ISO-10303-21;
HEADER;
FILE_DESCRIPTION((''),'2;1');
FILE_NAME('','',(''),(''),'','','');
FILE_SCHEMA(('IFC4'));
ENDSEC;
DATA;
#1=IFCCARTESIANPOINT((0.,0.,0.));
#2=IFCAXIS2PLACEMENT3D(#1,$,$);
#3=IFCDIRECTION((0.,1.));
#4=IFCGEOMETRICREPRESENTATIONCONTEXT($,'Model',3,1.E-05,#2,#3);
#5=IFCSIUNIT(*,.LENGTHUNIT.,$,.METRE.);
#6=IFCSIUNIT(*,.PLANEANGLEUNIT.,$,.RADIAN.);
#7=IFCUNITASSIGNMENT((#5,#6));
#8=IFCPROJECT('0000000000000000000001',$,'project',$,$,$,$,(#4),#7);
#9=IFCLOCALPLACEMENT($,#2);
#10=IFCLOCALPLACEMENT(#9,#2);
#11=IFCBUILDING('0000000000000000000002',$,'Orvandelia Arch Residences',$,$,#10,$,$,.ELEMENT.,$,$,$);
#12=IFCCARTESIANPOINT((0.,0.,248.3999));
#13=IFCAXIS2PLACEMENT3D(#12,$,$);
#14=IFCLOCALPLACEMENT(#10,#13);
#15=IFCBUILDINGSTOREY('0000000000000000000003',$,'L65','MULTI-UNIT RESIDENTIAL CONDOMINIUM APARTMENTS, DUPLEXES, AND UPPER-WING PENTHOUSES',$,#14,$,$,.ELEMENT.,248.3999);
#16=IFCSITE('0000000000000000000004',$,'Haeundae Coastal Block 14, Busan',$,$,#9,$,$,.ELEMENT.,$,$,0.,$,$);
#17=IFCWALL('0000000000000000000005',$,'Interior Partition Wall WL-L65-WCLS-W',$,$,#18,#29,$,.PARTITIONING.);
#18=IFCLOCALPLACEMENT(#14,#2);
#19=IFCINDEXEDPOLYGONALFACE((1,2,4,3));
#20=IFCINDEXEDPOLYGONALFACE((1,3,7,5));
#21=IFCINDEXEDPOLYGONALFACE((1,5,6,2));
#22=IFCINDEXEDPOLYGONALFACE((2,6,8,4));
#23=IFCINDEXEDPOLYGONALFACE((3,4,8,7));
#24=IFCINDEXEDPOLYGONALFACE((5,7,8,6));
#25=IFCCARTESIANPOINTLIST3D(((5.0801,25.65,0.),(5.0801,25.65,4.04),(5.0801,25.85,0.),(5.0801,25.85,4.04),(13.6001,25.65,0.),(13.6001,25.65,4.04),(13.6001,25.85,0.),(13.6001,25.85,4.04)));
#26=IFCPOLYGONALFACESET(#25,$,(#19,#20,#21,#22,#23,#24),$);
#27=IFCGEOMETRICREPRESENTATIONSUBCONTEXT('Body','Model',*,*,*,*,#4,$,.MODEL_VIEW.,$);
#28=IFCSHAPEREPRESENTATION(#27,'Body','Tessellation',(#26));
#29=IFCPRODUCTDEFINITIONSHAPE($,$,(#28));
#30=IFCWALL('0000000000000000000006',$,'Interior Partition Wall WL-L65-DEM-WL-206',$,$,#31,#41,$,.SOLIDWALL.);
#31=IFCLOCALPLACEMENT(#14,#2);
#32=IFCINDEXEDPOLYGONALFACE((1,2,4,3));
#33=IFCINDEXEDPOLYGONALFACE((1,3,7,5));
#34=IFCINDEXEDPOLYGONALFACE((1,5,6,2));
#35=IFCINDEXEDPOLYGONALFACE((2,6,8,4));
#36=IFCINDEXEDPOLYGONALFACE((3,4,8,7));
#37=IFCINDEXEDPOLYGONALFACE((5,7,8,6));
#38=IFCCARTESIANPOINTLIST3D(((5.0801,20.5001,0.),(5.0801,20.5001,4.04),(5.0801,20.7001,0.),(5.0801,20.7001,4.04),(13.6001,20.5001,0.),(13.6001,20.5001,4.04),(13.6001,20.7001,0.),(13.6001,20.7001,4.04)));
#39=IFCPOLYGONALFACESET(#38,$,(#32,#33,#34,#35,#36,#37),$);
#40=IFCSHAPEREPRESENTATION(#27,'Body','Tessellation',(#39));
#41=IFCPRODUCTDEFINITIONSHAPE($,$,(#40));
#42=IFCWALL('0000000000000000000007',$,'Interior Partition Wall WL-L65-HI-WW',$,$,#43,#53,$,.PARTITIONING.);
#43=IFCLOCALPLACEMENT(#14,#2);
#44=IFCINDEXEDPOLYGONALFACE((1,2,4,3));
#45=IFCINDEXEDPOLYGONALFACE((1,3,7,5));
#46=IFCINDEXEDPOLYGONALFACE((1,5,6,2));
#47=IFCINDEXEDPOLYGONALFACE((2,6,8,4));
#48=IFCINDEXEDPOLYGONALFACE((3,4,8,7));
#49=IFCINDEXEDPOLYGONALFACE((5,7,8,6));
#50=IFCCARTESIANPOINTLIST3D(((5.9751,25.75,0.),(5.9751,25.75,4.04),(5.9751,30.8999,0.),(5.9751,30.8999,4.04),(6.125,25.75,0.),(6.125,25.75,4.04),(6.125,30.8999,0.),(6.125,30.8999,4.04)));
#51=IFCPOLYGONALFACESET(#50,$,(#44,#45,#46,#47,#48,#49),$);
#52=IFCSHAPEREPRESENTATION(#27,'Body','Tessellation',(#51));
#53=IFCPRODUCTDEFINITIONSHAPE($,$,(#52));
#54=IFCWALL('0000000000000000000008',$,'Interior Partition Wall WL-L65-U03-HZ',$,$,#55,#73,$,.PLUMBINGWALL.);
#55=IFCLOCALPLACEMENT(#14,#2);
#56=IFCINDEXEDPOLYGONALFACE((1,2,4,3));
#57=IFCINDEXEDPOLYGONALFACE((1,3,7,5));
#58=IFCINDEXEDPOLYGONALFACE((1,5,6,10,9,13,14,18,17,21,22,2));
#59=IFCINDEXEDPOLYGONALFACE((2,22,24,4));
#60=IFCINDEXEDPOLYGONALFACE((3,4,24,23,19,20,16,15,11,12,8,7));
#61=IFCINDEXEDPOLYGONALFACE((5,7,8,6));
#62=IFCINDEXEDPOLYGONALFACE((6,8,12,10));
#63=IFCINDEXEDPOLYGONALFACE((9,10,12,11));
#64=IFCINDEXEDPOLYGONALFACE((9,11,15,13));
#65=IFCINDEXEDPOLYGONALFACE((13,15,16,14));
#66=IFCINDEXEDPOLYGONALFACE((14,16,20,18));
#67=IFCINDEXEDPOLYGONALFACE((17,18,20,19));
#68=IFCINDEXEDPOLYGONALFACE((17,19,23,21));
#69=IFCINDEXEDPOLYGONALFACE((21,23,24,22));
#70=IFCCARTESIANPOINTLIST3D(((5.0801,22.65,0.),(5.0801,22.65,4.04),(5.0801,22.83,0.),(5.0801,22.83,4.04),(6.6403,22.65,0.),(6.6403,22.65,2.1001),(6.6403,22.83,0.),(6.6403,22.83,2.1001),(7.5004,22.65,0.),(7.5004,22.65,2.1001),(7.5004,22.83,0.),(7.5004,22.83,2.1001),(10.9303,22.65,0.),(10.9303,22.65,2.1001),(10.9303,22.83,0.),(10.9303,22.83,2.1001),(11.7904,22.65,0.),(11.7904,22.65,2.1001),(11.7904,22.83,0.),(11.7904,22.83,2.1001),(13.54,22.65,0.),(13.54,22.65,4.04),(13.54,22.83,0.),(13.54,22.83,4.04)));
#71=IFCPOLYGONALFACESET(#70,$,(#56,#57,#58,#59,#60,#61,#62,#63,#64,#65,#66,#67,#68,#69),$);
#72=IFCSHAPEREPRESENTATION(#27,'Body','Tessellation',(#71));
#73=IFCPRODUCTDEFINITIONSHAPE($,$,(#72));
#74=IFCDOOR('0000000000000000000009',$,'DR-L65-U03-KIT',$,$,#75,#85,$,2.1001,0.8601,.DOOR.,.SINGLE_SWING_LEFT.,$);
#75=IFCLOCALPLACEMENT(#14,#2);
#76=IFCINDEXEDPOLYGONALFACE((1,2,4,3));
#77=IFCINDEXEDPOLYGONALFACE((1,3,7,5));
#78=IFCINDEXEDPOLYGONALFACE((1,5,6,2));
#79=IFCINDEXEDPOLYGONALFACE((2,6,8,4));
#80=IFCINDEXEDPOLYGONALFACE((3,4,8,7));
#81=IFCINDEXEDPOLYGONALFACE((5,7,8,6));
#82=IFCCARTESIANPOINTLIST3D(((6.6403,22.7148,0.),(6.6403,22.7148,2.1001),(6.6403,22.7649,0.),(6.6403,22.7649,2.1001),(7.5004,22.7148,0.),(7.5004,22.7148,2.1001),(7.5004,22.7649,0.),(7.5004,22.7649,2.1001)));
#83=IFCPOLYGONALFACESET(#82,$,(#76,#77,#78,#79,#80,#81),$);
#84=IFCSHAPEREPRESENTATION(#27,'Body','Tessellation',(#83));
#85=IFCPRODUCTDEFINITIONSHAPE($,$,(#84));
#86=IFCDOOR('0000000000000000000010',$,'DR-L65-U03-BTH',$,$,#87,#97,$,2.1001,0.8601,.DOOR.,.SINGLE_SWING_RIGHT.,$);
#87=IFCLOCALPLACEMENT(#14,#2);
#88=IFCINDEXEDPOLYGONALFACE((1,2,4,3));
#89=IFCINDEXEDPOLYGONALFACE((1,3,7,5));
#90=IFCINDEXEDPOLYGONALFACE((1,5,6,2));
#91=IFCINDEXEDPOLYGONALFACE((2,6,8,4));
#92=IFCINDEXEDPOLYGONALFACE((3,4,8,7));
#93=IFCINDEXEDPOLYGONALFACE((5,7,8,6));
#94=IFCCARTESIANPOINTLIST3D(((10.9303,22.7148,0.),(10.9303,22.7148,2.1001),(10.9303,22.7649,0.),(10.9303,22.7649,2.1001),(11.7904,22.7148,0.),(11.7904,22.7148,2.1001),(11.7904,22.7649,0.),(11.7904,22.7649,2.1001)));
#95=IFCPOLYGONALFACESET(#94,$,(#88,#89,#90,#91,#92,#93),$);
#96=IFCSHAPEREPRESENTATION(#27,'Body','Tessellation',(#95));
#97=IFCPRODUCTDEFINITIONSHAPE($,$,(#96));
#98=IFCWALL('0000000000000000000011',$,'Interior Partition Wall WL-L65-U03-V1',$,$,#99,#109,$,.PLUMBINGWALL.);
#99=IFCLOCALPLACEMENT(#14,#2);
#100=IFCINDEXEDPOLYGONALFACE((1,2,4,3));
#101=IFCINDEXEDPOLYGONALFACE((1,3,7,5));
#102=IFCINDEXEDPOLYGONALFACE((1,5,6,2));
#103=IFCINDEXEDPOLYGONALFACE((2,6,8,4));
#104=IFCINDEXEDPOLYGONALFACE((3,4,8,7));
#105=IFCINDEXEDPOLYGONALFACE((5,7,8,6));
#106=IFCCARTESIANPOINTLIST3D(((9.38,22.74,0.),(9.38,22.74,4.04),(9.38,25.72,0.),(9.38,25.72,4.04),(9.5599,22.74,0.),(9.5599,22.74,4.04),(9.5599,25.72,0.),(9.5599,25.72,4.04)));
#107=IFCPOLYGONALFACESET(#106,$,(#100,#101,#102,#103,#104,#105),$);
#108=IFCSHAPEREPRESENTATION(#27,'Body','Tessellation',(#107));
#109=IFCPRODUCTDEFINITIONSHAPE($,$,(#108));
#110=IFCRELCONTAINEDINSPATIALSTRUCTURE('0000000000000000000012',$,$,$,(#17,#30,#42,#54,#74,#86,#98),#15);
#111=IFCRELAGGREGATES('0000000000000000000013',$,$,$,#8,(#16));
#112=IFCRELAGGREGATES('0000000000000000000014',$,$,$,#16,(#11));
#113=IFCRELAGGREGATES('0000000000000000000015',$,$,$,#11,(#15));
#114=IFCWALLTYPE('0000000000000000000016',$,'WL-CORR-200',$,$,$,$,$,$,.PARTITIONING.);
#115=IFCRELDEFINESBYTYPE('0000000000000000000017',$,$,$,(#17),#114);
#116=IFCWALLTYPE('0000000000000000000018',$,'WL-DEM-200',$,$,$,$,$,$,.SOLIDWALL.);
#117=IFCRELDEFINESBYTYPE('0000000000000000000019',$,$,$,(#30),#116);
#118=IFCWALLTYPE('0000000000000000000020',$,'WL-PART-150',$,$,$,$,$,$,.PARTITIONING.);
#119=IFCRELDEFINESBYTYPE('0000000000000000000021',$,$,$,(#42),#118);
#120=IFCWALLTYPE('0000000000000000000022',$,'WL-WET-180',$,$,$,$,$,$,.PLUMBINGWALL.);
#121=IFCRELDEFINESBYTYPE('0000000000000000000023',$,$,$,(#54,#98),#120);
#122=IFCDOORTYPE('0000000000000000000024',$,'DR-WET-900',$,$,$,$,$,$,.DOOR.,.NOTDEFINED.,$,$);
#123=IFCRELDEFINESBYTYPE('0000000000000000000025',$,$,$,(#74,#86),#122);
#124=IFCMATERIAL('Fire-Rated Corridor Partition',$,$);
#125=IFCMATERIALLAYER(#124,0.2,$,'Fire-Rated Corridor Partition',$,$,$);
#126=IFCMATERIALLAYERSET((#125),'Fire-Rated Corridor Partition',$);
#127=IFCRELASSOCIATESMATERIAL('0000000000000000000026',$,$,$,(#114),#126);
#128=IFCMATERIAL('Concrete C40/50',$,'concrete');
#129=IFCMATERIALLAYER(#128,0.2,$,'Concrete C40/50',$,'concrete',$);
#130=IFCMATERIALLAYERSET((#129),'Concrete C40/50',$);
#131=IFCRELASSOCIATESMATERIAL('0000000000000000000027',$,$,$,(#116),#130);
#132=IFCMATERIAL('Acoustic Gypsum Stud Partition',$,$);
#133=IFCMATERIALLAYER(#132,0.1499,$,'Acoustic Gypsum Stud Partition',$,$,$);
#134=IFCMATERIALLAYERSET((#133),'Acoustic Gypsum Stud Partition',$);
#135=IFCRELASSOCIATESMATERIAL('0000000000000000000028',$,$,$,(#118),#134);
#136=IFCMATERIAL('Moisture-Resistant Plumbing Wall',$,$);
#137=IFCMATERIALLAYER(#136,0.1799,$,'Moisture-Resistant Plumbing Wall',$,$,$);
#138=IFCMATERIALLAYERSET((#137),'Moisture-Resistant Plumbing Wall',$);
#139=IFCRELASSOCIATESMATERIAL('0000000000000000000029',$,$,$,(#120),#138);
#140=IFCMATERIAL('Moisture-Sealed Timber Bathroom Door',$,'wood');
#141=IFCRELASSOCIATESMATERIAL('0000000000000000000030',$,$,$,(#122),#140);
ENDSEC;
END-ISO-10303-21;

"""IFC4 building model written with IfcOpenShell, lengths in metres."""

from ifc_helpers import new_model, si_unit, direction, frame, frame_2d, origin, place, context, subcontext, project, spatial, rectangle, extrude, material, layer, layer_set, type_object, element, fill, save


model = new_model("IFC4")

# Units and contexts
model_context = context("Model", 3, precision=1e-05, world=origin(), true_north=direction((0.0, 1.0)))
body_context = subcontext(model_context, "Body", "Model", "MODEL_VIEW")
ifc_project = project(units=[si_unit("LENGTHUNIT", "METRE"), si_unit("PLANEANGLEUNIT", "RADIAN")], contexts=[model_context])

# Site, building, storey
site_placement = place(None, origin())
site = spatial("IfcSite", under=ifc_project, at=site_placement, Name="Haeundae Coastal Block 14, Busan", CompositionType="ELEMENT", RefElevation=0.0)
building_placement = place(site_placement, origin())
building = spatial("IfcBuilding", under=site, at=building_placement, Name="Orvandelia Arch Residences", CompositionType="ELEMENT")
storey_placement = place(building_placement, frame((0.0, 0.0, 248.3999)))
storey = spatial("IfcBuildingStorey", under=building, at=storey_placement, Name="L65", Description="MULTI-UNIT RESIDENTIAL CONDOMINIUM APARTMENTS, DUPLEXES, AND UPPER-WING PENTHOUSES", CompositionType="ELEMENT", Elevation=248.3999)

# Walls
ifc_material_1 = material(Name="Fire-Rated Corridor Partition")
ifc_layer_1 = layer(ifc_material_1, 0.2, Name="Fire-Rated Corridor Partition")
ifc_layer_set_1 = layer_set([ifc_layer_1], Name="Fire-Rated Corridor Partition")
wall_type_1 = type_object("IfcWallType", Name="WL-CORR-200", PredefinedType="PARTITIONING", material=ifc_layer_set_1)
wall_1_placement = place(storey_placement, frame((5.0801, 25.75, 0.0), z_axis=(0.0, 0.0, 1.0), x_axis=(1.0, 0.0, 0.0)))
element("IfcWall", 1, at=wall_1_placement, inside=storey, type_object=wall_type_1, Name="Interior Partition Wall WL-L65-WCLS-W", PredefinedType="PARTITIONING", context=body_context, shape_type="SweptSolid", body=[
    extrude(rectangle(XDim=8.52, YDim=0.2, at=frame_2d((4.26, 0.0))), origin(), (0.0, 0.0, 1.0), 4.04),
])
ifc_material_2 = material(Name="Concrete C40/50", Category="concrete")
ifc_layer_2 = layer(ifc_material_2, 0.2, Name="Concrete C40/50", Category="concrete")
ifc_layer_set_2 = layer_set([ifc_layer_2], Name="Concrete C40/50")
wall_type_2 = type_object("IfcWallType", Name="WL-DEM-200", PredefinedType="SOLIDWALL", material=ifc_layer_set_2)
wall_2_placement = place(storey_placement, frame((5.0801, 20.6001, 0.0), z_axis=(0.0, 0.0, 1.0), x_axis=(1.0, 0.0, 0.0)))
element("IfcWall", 2, at=wall_2_placement, inside=storey, type_object=wall_type_2, Name="Interior Partition Wall WL-L65-DEM-WL-206", PredefinedType="SOLIDWALL", context=body_context, shape_type="SweptSolid", body=[
    extrude(rectangle(XDim=8.52, YDim=0.2, at=frame_2d((4.26, 0.0))), origin(), (0.0, 0.0, 1.0), 4.04),
])
ifc_material_3 = material(Name="Acoustic Gypsum Stud Partition")
ifc_layer_3 = layer(ifc_material_3, 0.1499, Name="Acoustic Gypsum Stud Partition")
ifc_layer_set_3 = layer_set([ifc_layer_3], Name="Acoustic Gypsum Stud Partition")
wall_type_3 = type_object("IfcWallType", Name="WL-PART-150", PredefinedType="PARTITIONING", material=ifc_layer_set_3)
wall_3_placement = place(storey_placement, frame((6.05, 25.75, 0.0), z_axis=(0.0, 0.0, 1.0), x_axis=(0.0, 1.0, 0.0)))
element("IfcWall", 3, at=wall_3_placement, inside=storey, type_object=wall_type_3, Name="Interior Partition Wall WL-L65-HI-WW", PredefinedType="PARTITIONING", context=body_context, shape_type="SweptSolid", body=[
    extrude(rectangle(XDim=5.1499, YDim=0.1499, at=frame_2d((2.575, 0.0))), origin(), (0.0, 0.0, 1.0), 4.04),
])

# Wall, openings, doors
ifc_material_4 = material(Name="Moisture-Resistant Plumbing Wall")
ifc_layer_4 = layer(ifc_material_4, 0.1799, Name="Moisture-Resistant Plumbing Wall")
ifc_layer_set_4 = layer_set([ifc_layer_4], Name="Moisture-Resistant Plumbing Wall")
wall_type_4 = type_object("IfcWallType", Name="WL-WET-180", PredefinedType="PLUMBINGWALL", material=ifc_layer_set_4)
wall_4_placement = place(storey_placement, frame((5.0801, 22.74, 0.0), z_axis=(0.0, 0.0, 1.0), x_axis=(1.0, 0.0, 0.0)))
wall_4 = element("IfcWall", 4, at=wall_4_placement, inside=storey, type_object=wall_type_4, Name="Interior Partition Wall WL-L65-U03-HZ", PredefinedType="PLUMBINGWALL", context=body_context, shape_type="SweptSolid", body=[
    extrude(rectangle(XDim=8.46, YDim=0.1799, at=frame_2d((4.23, 0.0))), origin(), (0.0, 0.0, 1.0), 4.04),
])
opening_1_placement = place(wall_4_placement, frame((1.5601, 0.0, 0.0)))
opening_1 = element("IfcOpeningElement", 5, at=opening_1_placement, cuts=wall_4, PredefinedType="OPENING", context=body_context, shape_type="SweptSolid", body=[
    extrude(rectangle(XDim=0.8601, YDim=2.1001, at=frame_2d((0.4302, 1.05))), frame((0.0, 0.1001, 0.0), z_axis=(0.0, -1.0, 0.0), x_axis=(1.0, 0.0, 0.0)), (0.0, 0.0, 1.0), 0.2),
])
opening_2_placement = place(wall_4_placement, frame((5.8501, 0.0, 0.0)))
opening_2 = element("IfcOpeningElement", 6, at=opening_2_placement, cuts=wall_4, PredefinedType="OPENING", context=body_context, shape_type="SweptSolid", body=[
    extrude(rectangle(XDim=0.8601, YDim=2.1001, at=frame_2d((0.4302, 1.05))), frame((0.0, 0.1001, 0.0), z_axis=(0.0, -1.0, 0.0), x_axis=(1.0, 0.0, 0.0)), (0.0, 0.0, 1.0), 0.2),
])
ifc_material_5 = material(Name="Moisture-Sealed Timber Bathroom Door", Category="wood")
door_type_1 = type_object("IfcDoorType", Name="DR-WET-900", OperationType="NOTDEFINED", PredefinedType="DOOR", material=ifc_material_5)
door_1_placement = place(opening_1_placement, origin())
door_1 = element("IfcDoor", 7, at=door_1_placement, inside=storey, type_object=door_type_1, Name="DR-L65-U03-KIT", OperationType="SINGLE_SWING_LEFT", OverallHeight=2.1001, OverallWidth=0.8601, PredefinedType="DOOR", context=body_context, shape_type="SweptSolid", body=[
    extrude(rectangle(XDim=0.8601, YDim=2.1001, at=frame_2d((0.4302, 1.05))), frame((0.0, 0.0249, 0.0), z_axis=(0.0, -1.0, 0.0), x_axis=(1.0, 0.0, 0.0)), (0.0, 0.0, 1.0), 0.05),
])
fill(opening_1, door_1)
door_2_placement = place(opening_2_placement, origin())
door_2 = element("IfcDoor", 8, at=door_2_placement, inside=storey, type_object=door_type_1, Name="DR-L65-U03-BTH", OperationType="SINGLE_SWING_RIGHT", OverallHeight=2.1001, OverallWidth=0.8601, PredefinedType="DOOR", context=body_context, shape_type="SweptSolid", body=[
    extrude(rectangle(XDim=0.8601, YDim=2.1001, at=frame_2d((0.4302, 1.05))), frame((0.0, 0.0249, 0.0), z_axis=(0.0, -1.0, 0.0), x_axis=(1.0, 0.0, 0.0)), (0.0, 0.0, 1.0), 0.05),
])
fill(opening_2, door_2)

# Wall
wall_5_placement = place(storey_placement, frame((9.47, 22.74, 0.0), z_axis=(0.0, 0.0, 1.0), x_axis=(0.0, 1.0, 0.0)))
element("IfcWall", 9, at=wall_5_placement, inside=storey, type_object=wall_type_4, Name="Interior Partition Wall WL-L65-U03-V1", PredefinedType="PLUMBINGWALL", context=body_context, shape_type="SweptSolid", body=[
    extrude(rectangle(XDim=2.98, YDim=0.1799, at=frame_2d((1.49, 0.0))), origin(), (0.0, 0.0, 1.0), 4.04),
])

save(model, "model.ifc")
